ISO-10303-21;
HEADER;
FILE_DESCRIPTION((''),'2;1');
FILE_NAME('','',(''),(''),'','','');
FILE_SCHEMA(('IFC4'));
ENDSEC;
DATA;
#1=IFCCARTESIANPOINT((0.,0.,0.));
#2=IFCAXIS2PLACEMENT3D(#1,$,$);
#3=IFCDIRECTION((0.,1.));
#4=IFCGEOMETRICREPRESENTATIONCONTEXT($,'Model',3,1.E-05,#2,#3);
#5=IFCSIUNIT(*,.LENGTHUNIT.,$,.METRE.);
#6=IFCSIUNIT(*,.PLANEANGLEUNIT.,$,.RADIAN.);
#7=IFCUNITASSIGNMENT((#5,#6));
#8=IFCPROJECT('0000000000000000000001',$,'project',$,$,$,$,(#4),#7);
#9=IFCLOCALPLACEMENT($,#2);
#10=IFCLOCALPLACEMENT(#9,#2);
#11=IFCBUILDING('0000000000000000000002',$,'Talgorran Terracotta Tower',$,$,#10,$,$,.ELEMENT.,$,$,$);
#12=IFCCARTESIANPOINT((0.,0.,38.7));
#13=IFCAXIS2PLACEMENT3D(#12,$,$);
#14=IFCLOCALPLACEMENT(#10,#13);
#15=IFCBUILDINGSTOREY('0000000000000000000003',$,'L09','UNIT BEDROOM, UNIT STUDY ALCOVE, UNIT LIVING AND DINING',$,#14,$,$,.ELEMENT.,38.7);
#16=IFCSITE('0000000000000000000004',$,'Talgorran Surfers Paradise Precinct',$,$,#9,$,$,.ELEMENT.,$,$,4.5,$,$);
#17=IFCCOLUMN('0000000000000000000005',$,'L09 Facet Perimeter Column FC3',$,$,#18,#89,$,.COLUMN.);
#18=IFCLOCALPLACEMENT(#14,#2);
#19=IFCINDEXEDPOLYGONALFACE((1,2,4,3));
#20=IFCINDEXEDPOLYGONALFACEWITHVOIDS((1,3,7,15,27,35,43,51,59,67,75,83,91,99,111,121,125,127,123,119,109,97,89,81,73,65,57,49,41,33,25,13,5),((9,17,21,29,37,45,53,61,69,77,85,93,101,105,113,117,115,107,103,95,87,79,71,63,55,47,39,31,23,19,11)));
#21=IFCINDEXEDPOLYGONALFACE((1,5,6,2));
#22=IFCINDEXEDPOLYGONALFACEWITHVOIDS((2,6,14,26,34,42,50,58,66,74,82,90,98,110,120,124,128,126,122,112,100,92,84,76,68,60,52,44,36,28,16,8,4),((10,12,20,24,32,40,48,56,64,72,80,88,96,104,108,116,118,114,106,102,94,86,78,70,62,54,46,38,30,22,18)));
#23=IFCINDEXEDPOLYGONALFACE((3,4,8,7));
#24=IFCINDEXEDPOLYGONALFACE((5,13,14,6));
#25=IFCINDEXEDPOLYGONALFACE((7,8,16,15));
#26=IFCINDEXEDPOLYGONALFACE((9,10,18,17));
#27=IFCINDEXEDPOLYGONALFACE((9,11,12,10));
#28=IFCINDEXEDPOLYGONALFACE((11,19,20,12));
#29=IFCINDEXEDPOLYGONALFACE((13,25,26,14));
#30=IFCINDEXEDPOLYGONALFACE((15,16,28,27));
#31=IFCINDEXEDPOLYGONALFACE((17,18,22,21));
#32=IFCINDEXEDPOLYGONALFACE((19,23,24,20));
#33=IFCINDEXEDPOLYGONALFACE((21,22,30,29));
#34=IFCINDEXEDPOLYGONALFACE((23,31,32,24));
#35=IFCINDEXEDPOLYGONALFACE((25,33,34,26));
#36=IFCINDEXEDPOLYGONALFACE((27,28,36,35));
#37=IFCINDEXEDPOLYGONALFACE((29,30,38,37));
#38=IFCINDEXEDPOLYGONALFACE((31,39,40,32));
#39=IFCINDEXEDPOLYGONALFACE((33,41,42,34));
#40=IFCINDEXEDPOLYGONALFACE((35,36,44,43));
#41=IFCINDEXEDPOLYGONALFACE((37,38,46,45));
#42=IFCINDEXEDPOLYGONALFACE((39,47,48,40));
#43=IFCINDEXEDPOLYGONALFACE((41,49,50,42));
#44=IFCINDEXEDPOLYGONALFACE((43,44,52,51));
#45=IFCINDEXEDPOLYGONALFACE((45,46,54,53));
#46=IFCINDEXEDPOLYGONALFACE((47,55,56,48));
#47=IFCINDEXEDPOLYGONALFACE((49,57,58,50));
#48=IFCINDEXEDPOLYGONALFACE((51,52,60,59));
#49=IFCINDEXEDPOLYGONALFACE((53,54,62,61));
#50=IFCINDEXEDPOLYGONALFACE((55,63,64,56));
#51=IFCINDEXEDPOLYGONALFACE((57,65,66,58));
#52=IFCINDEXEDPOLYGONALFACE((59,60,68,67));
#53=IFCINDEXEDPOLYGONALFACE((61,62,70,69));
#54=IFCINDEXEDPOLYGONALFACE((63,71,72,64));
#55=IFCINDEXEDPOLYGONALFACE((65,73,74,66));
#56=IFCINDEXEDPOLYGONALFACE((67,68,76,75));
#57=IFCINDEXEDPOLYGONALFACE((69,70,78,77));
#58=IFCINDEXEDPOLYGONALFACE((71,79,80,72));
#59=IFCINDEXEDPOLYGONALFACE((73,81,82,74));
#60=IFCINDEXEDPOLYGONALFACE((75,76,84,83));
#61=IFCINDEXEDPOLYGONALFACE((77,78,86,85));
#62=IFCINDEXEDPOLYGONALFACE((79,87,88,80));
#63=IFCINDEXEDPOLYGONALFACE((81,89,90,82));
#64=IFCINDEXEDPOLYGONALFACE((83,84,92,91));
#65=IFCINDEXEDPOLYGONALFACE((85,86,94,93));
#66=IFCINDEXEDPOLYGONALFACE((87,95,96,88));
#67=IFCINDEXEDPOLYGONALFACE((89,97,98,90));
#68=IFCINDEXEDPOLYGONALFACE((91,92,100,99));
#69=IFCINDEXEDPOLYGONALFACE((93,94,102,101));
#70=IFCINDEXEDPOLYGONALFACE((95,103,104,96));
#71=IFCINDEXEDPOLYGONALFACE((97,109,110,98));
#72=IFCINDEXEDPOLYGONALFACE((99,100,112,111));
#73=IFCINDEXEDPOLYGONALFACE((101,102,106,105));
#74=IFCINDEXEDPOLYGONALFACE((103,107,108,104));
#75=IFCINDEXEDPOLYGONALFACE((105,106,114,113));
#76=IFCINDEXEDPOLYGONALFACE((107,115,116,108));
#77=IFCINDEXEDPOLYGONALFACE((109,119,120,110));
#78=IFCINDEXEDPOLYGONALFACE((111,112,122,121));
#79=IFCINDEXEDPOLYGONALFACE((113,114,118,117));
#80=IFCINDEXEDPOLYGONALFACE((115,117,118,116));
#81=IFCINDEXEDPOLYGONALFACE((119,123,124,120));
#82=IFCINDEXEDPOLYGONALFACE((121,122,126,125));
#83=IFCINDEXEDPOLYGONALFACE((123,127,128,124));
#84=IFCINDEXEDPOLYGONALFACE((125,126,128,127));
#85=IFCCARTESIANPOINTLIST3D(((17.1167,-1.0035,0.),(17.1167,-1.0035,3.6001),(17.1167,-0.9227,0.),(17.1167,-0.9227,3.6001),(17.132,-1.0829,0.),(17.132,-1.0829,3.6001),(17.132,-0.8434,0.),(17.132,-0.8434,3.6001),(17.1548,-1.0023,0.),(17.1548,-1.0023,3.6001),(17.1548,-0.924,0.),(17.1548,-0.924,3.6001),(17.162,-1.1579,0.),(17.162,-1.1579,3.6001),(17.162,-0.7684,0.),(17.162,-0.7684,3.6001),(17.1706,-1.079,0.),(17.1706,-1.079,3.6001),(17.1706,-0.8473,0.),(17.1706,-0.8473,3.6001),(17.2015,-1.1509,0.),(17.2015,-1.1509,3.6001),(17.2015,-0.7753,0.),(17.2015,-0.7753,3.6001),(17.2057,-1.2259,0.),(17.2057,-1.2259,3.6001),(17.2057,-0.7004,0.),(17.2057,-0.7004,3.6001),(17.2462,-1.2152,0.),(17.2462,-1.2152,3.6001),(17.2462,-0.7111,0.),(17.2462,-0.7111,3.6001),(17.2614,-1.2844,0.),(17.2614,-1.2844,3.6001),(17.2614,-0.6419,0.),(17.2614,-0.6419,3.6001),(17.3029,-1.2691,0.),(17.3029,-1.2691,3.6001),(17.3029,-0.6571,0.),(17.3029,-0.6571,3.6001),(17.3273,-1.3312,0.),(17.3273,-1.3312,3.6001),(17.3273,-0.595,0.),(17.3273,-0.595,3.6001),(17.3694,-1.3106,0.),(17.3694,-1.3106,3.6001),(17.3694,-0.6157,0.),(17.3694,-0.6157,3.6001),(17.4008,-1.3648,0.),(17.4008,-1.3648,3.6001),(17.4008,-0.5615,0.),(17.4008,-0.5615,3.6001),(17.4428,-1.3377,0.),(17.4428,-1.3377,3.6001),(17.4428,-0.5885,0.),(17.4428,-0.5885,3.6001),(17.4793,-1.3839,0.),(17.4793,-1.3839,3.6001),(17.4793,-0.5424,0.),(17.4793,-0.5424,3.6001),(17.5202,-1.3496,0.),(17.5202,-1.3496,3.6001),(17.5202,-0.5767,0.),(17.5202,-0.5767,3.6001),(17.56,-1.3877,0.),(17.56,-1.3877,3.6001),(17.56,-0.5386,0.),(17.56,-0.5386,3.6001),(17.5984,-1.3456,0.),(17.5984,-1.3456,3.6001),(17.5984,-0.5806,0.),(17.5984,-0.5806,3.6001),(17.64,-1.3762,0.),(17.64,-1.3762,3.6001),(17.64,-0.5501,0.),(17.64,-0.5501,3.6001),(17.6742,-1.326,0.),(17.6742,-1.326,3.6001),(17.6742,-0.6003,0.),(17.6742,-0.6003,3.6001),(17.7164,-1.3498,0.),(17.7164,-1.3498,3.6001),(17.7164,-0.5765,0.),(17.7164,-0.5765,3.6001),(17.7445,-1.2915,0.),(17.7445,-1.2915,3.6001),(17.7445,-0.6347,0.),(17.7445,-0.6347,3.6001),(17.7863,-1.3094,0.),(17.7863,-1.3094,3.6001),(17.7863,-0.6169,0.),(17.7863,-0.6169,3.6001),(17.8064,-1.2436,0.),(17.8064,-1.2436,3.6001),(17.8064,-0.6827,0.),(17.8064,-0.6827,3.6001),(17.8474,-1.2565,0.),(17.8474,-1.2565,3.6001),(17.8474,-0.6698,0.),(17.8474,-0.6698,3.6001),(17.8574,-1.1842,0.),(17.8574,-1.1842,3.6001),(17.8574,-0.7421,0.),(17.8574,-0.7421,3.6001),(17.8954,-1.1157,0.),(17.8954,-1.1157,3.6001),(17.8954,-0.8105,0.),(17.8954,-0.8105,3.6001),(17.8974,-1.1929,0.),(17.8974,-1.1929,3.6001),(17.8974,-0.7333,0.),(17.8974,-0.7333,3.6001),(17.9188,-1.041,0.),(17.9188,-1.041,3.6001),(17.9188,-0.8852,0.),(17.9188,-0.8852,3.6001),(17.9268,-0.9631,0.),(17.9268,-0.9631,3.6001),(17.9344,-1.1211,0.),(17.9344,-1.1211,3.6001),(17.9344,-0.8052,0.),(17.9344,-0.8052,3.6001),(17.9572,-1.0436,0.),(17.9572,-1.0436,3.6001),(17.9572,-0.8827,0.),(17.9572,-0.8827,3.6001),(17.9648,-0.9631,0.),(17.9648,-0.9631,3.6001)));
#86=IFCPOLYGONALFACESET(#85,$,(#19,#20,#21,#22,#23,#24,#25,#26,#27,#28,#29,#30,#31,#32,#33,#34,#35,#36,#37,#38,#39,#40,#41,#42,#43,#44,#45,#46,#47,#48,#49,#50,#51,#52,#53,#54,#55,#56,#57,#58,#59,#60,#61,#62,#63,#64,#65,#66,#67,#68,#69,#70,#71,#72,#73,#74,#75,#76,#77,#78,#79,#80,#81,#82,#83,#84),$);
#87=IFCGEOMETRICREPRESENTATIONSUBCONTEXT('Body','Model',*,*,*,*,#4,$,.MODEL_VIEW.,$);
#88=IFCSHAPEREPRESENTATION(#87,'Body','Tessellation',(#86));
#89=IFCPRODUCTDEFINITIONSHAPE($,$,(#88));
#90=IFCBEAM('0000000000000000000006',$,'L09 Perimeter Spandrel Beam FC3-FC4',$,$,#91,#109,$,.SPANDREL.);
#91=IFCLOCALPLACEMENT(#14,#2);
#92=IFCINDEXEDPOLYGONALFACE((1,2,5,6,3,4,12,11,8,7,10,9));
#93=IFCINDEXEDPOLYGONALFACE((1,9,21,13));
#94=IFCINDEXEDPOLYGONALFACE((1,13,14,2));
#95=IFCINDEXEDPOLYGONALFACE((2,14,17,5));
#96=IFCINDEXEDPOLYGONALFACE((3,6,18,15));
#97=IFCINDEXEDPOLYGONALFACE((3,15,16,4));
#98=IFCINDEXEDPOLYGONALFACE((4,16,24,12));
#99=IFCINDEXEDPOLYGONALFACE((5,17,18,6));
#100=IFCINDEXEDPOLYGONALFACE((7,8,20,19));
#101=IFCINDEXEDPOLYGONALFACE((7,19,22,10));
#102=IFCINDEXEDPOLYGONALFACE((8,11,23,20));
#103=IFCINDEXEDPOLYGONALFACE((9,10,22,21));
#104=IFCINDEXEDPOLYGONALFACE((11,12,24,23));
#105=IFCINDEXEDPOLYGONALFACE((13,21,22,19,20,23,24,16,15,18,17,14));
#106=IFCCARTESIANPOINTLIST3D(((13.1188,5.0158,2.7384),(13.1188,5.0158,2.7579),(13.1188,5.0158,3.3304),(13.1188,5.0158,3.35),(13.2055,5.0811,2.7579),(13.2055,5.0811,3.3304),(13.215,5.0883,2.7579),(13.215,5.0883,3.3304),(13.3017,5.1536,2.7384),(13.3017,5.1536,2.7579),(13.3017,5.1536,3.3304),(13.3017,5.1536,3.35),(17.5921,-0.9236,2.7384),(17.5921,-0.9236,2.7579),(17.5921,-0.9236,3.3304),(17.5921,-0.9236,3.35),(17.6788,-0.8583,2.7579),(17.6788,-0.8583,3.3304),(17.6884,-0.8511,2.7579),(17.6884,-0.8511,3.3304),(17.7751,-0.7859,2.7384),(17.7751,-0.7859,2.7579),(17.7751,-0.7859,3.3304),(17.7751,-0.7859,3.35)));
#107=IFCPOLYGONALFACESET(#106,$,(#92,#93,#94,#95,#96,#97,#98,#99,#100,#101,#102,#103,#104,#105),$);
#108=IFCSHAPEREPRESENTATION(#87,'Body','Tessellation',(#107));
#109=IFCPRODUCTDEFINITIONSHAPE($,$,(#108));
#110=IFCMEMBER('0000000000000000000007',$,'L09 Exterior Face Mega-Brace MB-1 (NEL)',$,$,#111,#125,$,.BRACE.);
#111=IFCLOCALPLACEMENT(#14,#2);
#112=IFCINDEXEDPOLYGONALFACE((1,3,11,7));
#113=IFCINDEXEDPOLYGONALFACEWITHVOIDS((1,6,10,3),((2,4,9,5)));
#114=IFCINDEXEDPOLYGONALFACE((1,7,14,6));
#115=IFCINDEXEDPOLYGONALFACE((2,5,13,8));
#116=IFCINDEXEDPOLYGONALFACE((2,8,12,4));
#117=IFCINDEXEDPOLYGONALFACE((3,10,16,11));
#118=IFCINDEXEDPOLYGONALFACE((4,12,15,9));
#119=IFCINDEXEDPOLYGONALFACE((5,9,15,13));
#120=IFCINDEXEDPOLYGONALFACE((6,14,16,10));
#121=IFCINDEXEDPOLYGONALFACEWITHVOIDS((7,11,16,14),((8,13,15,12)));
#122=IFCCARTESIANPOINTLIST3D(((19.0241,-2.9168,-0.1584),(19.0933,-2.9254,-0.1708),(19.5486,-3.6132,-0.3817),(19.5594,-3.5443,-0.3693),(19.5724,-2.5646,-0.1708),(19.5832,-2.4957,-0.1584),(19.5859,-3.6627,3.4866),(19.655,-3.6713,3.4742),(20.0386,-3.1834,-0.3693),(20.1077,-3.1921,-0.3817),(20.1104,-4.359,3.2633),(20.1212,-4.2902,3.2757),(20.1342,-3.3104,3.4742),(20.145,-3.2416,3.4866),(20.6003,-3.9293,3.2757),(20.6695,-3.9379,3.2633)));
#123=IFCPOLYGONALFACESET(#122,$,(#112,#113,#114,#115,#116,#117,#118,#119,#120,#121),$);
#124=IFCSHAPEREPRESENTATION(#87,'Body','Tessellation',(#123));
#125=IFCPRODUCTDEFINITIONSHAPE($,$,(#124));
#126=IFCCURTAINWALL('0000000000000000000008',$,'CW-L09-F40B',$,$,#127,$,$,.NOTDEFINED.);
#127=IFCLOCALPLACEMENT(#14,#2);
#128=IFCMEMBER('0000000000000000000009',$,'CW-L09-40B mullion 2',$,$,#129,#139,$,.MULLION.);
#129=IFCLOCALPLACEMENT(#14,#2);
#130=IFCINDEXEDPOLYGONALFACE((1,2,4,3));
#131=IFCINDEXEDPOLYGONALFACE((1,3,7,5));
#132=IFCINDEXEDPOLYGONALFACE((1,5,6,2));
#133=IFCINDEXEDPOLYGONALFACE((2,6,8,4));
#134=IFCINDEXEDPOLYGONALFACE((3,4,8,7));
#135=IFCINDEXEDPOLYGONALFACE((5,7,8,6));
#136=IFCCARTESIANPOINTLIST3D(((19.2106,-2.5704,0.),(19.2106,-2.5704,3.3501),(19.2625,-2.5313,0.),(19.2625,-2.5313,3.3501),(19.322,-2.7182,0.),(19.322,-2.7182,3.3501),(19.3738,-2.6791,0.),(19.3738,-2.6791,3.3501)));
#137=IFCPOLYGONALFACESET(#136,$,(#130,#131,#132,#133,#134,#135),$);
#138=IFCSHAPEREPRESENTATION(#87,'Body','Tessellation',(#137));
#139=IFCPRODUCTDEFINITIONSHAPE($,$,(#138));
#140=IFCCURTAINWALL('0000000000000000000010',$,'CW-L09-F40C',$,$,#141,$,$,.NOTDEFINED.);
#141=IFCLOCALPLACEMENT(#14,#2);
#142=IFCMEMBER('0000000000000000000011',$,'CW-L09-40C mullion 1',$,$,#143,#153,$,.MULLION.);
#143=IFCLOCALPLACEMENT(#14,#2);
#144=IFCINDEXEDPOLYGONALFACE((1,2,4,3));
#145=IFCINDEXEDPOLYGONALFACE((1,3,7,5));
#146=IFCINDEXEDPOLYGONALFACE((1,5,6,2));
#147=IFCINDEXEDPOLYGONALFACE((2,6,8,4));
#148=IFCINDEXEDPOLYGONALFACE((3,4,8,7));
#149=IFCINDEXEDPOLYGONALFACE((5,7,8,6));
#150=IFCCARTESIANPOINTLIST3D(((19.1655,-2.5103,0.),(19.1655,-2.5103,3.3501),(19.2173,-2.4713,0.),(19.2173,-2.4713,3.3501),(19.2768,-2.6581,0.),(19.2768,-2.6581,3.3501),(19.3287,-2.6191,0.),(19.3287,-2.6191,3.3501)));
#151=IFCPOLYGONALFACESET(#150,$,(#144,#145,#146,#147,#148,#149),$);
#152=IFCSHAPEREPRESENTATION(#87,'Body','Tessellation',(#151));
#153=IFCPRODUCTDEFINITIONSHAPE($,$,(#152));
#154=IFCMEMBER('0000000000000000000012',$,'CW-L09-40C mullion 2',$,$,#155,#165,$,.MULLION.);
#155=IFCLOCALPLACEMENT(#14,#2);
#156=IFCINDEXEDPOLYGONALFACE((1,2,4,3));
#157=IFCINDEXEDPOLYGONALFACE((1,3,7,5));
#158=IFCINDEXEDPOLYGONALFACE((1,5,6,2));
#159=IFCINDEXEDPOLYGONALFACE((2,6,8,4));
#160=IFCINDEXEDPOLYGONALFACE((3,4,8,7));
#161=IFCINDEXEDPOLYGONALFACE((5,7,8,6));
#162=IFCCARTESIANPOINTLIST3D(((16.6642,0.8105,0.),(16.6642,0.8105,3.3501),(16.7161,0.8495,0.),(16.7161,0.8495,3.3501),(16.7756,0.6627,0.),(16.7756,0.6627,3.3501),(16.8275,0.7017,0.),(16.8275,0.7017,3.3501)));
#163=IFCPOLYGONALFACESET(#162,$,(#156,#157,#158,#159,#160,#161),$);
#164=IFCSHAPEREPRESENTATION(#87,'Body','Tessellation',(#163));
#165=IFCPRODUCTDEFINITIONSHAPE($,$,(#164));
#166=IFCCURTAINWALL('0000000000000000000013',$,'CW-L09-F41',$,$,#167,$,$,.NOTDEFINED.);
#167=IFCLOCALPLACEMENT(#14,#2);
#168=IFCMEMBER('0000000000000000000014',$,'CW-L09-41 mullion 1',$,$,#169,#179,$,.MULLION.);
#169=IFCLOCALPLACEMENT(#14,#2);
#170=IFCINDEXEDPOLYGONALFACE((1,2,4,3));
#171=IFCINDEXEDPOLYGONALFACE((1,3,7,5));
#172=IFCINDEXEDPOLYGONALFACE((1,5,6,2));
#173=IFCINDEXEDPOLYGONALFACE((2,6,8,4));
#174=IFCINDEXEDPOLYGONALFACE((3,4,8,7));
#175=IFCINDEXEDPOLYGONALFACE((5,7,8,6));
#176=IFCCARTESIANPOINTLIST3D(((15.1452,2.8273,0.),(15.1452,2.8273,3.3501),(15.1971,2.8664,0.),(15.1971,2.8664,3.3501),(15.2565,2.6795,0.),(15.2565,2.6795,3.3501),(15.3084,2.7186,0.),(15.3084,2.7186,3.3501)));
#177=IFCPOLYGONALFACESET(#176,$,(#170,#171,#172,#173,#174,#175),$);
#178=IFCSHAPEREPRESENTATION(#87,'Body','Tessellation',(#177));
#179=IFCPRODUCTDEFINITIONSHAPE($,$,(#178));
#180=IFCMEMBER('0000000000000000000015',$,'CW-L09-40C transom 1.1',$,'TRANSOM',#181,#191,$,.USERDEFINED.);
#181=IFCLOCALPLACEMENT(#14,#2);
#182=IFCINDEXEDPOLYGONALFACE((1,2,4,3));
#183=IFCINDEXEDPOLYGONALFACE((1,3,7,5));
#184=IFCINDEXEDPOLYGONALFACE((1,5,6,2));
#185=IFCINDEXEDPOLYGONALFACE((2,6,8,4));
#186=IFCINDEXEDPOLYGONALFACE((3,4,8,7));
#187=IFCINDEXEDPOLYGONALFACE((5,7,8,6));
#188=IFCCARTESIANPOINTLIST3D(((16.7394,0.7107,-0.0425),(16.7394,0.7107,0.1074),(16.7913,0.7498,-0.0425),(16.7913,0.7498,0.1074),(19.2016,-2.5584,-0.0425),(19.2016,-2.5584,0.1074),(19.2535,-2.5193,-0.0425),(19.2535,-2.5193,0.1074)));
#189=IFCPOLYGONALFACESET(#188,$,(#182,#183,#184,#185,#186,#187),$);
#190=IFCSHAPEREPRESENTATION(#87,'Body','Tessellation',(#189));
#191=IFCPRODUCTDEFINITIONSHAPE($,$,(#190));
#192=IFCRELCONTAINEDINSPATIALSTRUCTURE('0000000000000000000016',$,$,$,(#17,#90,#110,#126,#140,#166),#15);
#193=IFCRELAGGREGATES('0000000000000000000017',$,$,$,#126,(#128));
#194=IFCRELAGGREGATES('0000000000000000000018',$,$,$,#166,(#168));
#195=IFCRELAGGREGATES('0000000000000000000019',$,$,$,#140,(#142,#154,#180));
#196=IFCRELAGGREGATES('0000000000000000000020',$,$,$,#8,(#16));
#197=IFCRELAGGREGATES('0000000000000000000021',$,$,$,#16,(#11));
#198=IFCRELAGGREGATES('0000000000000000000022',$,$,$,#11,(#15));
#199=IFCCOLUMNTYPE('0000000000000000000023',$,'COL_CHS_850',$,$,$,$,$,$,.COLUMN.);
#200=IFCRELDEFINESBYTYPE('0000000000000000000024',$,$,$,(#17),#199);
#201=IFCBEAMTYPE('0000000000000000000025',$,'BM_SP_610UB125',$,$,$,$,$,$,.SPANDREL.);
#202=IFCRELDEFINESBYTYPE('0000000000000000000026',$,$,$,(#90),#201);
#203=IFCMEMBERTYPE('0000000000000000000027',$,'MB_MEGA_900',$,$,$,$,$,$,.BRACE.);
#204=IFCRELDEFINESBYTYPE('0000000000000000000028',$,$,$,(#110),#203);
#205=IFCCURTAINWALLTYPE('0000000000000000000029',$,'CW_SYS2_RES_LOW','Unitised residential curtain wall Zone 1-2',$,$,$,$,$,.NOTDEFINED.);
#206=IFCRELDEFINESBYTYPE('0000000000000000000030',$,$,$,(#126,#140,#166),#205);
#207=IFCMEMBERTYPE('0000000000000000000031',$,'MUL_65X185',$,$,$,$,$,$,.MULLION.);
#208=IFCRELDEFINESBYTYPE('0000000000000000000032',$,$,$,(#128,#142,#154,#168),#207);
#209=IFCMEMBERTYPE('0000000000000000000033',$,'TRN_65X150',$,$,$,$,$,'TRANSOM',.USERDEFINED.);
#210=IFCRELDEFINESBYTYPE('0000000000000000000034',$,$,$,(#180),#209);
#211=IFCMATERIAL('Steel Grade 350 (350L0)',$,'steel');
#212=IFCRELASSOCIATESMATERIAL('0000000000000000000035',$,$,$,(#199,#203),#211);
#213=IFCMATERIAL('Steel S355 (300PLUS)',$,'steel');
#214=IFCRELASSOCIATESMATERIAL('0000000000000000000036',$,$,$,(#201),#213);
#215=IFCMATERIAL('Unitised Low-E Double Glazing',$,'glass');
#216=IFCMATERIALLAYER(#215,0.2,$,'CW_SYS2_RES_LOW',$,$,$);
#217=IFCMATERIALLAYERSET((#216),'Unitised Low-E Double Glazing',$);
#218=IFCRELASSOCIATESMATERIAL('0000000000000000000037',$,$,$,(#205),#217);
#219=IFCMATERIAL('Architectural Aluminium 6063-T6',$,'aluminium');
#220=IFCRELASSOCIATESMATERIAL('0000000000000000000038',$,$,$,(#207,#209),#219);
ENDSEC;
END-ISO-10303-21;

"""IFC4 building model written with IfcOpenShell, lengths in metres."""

from ifc_helpers import new_model, si_unit, direction, frame, origin, origin_2d, place, context, subcontext, project, spatial, rectangle, hollow_rectangle, hollow_circle, i_section, extrude, material, layer, layer_set, material_profile, profile_set, type_object, element, aggregate, save


model = new_model("IFC4")

# Units and contexts
model_context = context("Model", 3, precision=1e-05, world=origin(), true_north=direction((0.0, 1.0)))
body_context = subcontext(model_context, "Body", "Model", "MODEL_VIEW")
ifc_project = project(units=[si_unit("LENGTHUNIT", "METRE"), si_unit("PLANEANGLEUNIT", "RADIAN")], contexts=[model_context])

# Site, building, storey
site_placement = place(None, origin())
site = spatial("IfcSite", under=ifc_project, at=site_placement, Name="Talgorran Surfers Paradise Precinct", CompositionType="ELEMENT", RefElevation=4.5)
building_placement = place(site_placement, origin())
building = spatial("IfcBuilding", under=site, at=building_placement, Name="Talgorran Terracotta Tower", CompositionType="ELEMENT")
storey_placement = place(building_placement, frame((0.0, 0.0, 38.7)))
storey = spatial("IfcBuildingStorey", under=building, at=storey_placement, Name="L09", Description="UNIT BEDROOM, UNIT STUDY ALCOVE, UNIT LIVING AND DINING", CompositionType="ELEMENT", Elevation=38.7)

# Column
ifc_material_1 = material(Name="Steel Grade 350 (350L0)", Category="steel")
ifc_material_profile_1 = material_profile(ifc_material_1, hollow_circle(Radius=0.425, WallThickness=0.0381, at=origin_2d()), Name="CHS850X38")
ifc_profile_set_1 = profile_set([ifc_material_profile_1], Name="Steel Grade 350 (350L0)")
column_type = type_object("IfcColumnType", Name="COL_CHS_850", PredefinedType="COLUMN", material=ifc_profile_set_1)
column_placement = place(storey_placement, frame((17.5398, -0.9631, 0.0), z_axis=(0.0, 0.0, 1.0), x_axis=(1.0, 0.0, 0.0)))
element("IfcColumn", 1, at=column_placement, inside=storey, type_object=column_type, Name="L09 Facet Perimeter Column FC3", PredefinedType="COLUMN", context=body_context, shape_type="SweptSolid", body=[
    extrude(hollow_circle(Radius=0.425, WallThickness=0.0381, at=origin_2d()), origin(), (0.0, 0.0, 1.0), 3.6001),
])

# Beam
ifc_material_2 = material(Name="Steel S355 (300PLUS)", Category="steel")
ifc_material_profile_2 = material_profile(ifc_material_2, i_section(OverallWidth=0.229, OverallDepth=0.6116, WebThickness=0.012, FlangeThickness=0.0195, at=origin_2d()), Name="610UB125")
ifc_profile_set_2 = profile_set([ifc_material_profile_2], Name="Steel S355 (300PLUS)")
beam_type = type_object("IfcBeamType", Name="BM_SP_610UB125", PredefinedType="SPANDREL", material=ifc_profile_set_2)
beam_placement = place(storey_placement, frame((17.6836, -0.8547, 3.0442), z_axis=(-0.601617, 0.798785, 0.0), x_axis=(-0.798785, -0.601617, 0.0)))
element("IfcBeam", 2, at=beam_placement, inside=storey, type_object=beam_type, Name="L09 Perimeter Spandrel Beam FC3-FC4", PredefinedType="SPANDREL", context=body_context, shape_type="SweptSolid", body=[
    extrude(i_section(OverallWidth=0.229, OverallDepth=0.6116, WebThickness=0.012, FlangeThickness=0.0195, at=origin_2d()), origin(), (0.0, 0.0, 1.0), 7.4355),
])

# Member
ifc_material_profile_3 = material_profile(ifc_material_1, hollow_rectangle(XDim=0.7, YDim=0.8999, WallThickness=0.05, at=origin_2d()), Name="WBOX900X700X50")
ifc_profile_set_3 = profile_set([ifc_material_profile_3], Name="Steel Grade 350 (350L0)")
member_type_1 = type_object("IfcMemberType", Name="MB_MEGA_900", PredefinedType="BRACE", material=ifc_profile_set_3)
member_1_placement = place(storey_placement, frame((19.5659, -3.0544, -0.27), z_axis=(0.149298, -0.198221, 0.96872), x_axis=(0.798775, 0.60163, 0.0)))
element("IfcMember", 3, at=member_1_placement, inside=storey, type_object=member_type_1, Name="L09 Exterior Face Mega-Brace MB-1 (NEL)", PredefinedType="BRACE", context=body_context, shape_type="SweptSolid", body=[
    extrude(hollow_rectangle(XDim=0.7, YDim=0.8999, WallThickness=0.05, at=origin_2d()), origin(), (0.0, 0.0, 1.0), 3.7627),
])

# Curtain wall, member
ifc_material_3 = material(Name="Unitised Low-E Double Glazing", Category="glass")
ifc_layer_1 = layer(ifc_material_3, 0.2, Name="CW_SYS2_RES_LOW")
ifc_layer_set_1 = layer_set([ifc_layer_1], Name="Unitised Low-E Double Glazing")
curtain_wall_type = type_object("IfcCurtainWallType", Name="CW_SYS2_RES_LOW", Description="Unitised residential curtain wall Zone 1-2", PredefinedType="NOTDEFINED", material=ifc_layer_set_1)
curtain_wall_1_placement = place(storey_placement, origin())
curtain_wall_1 = element("IfcCurtainWall", 4, at=curtain_wall_1_placement, inside=storey, type_object=curtain_wall_type, Name="CW-L09-F40B", PredefinedType="NOTDEFINED")
ifc_material_4 = material(Name="Architectural Aluminium 6063-T6", Category="aluminium")
ifc_material_profile_4 = material_profile(ifc_material_4, rectangle(XDim=0.0649, YDim=0.1851, at=origin_2d()), Name="CWM65X185")
ifc_profile_set_4 = profile_set([ifc_material_profile_4], Name="Architectural Aluminium 6063-T6")
member_type_2 = type_object("IfcMemberType", Name="MUL_65X185", PredefinedType="MULLION", material=ifc_profile_set_4)
member_2_placement = place(storey_placement, frame((19.2922, -2.6248, 0.0), z_axis=(0.0, 0.0, 1.0), x_axis=(-0.798774, -0.601631, 0.0)))
member_2 = element("IfcMember", 5, at=member_2_placement, type_object=member_type_2, Name="CW-L09-40B mullion 2", PredefinedType="MULLION", context=body_context, shape_type="SweptSolid", body=[
    extrude(rectangle(XDim=0.0649, YDim=0.1851, at=origin_2d()), origin(), (0.0, 0.0, 1.0), 3.3501),
])
aggregate(curtain_wall_1, [member_2])

# Curtain wall, members
curtain_wall_2_placement = place(storey_placement, origin())
curtain_wall_2 = element("IfcCurtainWall", 6, at=curtain_wall_2_placement, inside=storey, type_object=curtain_wall_type, Name="CW-L09-F40C", PredefinedType="NOTDEFINED")
member_3_placement = place(storey_placement, frame((19.2471, -2.5647, 0.0), z_axis=(0.0, 0.0, 1.0), x_axis=(-0.798782, -0.601621, 0.0)))
member_3 = element("IfcMember", 7, at=member_3_placement, type_object=member_type_2, Name="CW-L09-40C mullion 1", PredefinedType="MULLION", context=body_context, shape_type="SweptSolid", body=[
    extrude(rectangle(XDim=0.0649, YDim=0.1851, at=origin_2d()), origin(), (0.0, 0.0, 1.0), 3.3501),
])
member_4_placement = place(storey_placement, frame((16.7458, 0.7561, 0.0), z_axis=(0.0, 0.0, 1.0), x_axis=(-0.798782, -0.601621, 0.0)))
member_4 = element("IfcMember", 8, at=member_4_placement, type_object=member_type_2, Name="CW-L09-40C mullion 2", PredefinedType="MULLION", context=body_context, shape_type="SweptSolid", body=[
    extrude(rectangle(XDim=0.0649, YDim=0.1851, at=origin_2d()), origin(), (0.0, 0.0, 1.0), 3.3501),
])

# Curtain wall, member
curtain_wall_3_placement = place(storey_placement, origin())
curtain_wall_3 = element("IfcCurtainWall", 9, at=curtain_wall_3_placement, inside=storey, type_object=curtain_wall_type, Name="CW-L09-F41", PredefinedType="NOTDEFINED")
member_5_placement = place(storey_placement, frame((15.2268, 2.7729, 0.0), z_axis=(0.0, 0.0, 1.0), x_axis=(-0.798778, -0.601626, 0.0)))
member_5 = element("IfcMember", 10, at=member_5_placement, type_object=member_type_2, Name="CW-L09-41 mullion 1", PredefinedType="MULLION", context=body_context, shape_type="SweptSolid", body=[
    extrude(rectangle(XDim=0.0649, YDim=0.1851, at=origin_2d()), origin(), (0.0, 0.0, 1.0), 3.3501),
])

# Member
ifc_material_profile_5 = material_profile(ifc_material_4, rectangle(XDim=0.0649, YDim=0.1499, at=origin_2d()), Name="CWT65X150")
ifc_profile_set_5 = profile_set([ifc_material_profile_5], Name="Architectural Aluminium 6063-T6")
member_type_3 = type_object("IfcMemberType", Name="TRN_65X150", ElementType="TRANSOM", PredefinedType="USERDEFINED", material=ifc_profile_set_5)
member_6_placement = place(storey_placement, frame((19.2275, -2.5388, 0.0325), z_axis=(-0.601621, 0.798781, 0.0), x_axis=(-0.798781, -0.601621, 0.0)))
member_6 = element("IfcMember", 11, at=member_6_placement, type_object=member_type_3, Name="CW-L09-40C transom 1.1", ObjectType="TRANSOM", PredefinedType="USERDEFINED", context=body_context, shape_type="SweptSolid", body=[
    extrude(rectangle(XDim=0.0649, YDim=0.1499, at=origin_2d()), origin(), (0.0, 0.0, 1.0), 4.0925),
])
aggregate(curtain_wall_3, [member_5])

aggregate(curtain_wall_2, [member_3, member_4, member_6])

save(model, "model.ifc")
